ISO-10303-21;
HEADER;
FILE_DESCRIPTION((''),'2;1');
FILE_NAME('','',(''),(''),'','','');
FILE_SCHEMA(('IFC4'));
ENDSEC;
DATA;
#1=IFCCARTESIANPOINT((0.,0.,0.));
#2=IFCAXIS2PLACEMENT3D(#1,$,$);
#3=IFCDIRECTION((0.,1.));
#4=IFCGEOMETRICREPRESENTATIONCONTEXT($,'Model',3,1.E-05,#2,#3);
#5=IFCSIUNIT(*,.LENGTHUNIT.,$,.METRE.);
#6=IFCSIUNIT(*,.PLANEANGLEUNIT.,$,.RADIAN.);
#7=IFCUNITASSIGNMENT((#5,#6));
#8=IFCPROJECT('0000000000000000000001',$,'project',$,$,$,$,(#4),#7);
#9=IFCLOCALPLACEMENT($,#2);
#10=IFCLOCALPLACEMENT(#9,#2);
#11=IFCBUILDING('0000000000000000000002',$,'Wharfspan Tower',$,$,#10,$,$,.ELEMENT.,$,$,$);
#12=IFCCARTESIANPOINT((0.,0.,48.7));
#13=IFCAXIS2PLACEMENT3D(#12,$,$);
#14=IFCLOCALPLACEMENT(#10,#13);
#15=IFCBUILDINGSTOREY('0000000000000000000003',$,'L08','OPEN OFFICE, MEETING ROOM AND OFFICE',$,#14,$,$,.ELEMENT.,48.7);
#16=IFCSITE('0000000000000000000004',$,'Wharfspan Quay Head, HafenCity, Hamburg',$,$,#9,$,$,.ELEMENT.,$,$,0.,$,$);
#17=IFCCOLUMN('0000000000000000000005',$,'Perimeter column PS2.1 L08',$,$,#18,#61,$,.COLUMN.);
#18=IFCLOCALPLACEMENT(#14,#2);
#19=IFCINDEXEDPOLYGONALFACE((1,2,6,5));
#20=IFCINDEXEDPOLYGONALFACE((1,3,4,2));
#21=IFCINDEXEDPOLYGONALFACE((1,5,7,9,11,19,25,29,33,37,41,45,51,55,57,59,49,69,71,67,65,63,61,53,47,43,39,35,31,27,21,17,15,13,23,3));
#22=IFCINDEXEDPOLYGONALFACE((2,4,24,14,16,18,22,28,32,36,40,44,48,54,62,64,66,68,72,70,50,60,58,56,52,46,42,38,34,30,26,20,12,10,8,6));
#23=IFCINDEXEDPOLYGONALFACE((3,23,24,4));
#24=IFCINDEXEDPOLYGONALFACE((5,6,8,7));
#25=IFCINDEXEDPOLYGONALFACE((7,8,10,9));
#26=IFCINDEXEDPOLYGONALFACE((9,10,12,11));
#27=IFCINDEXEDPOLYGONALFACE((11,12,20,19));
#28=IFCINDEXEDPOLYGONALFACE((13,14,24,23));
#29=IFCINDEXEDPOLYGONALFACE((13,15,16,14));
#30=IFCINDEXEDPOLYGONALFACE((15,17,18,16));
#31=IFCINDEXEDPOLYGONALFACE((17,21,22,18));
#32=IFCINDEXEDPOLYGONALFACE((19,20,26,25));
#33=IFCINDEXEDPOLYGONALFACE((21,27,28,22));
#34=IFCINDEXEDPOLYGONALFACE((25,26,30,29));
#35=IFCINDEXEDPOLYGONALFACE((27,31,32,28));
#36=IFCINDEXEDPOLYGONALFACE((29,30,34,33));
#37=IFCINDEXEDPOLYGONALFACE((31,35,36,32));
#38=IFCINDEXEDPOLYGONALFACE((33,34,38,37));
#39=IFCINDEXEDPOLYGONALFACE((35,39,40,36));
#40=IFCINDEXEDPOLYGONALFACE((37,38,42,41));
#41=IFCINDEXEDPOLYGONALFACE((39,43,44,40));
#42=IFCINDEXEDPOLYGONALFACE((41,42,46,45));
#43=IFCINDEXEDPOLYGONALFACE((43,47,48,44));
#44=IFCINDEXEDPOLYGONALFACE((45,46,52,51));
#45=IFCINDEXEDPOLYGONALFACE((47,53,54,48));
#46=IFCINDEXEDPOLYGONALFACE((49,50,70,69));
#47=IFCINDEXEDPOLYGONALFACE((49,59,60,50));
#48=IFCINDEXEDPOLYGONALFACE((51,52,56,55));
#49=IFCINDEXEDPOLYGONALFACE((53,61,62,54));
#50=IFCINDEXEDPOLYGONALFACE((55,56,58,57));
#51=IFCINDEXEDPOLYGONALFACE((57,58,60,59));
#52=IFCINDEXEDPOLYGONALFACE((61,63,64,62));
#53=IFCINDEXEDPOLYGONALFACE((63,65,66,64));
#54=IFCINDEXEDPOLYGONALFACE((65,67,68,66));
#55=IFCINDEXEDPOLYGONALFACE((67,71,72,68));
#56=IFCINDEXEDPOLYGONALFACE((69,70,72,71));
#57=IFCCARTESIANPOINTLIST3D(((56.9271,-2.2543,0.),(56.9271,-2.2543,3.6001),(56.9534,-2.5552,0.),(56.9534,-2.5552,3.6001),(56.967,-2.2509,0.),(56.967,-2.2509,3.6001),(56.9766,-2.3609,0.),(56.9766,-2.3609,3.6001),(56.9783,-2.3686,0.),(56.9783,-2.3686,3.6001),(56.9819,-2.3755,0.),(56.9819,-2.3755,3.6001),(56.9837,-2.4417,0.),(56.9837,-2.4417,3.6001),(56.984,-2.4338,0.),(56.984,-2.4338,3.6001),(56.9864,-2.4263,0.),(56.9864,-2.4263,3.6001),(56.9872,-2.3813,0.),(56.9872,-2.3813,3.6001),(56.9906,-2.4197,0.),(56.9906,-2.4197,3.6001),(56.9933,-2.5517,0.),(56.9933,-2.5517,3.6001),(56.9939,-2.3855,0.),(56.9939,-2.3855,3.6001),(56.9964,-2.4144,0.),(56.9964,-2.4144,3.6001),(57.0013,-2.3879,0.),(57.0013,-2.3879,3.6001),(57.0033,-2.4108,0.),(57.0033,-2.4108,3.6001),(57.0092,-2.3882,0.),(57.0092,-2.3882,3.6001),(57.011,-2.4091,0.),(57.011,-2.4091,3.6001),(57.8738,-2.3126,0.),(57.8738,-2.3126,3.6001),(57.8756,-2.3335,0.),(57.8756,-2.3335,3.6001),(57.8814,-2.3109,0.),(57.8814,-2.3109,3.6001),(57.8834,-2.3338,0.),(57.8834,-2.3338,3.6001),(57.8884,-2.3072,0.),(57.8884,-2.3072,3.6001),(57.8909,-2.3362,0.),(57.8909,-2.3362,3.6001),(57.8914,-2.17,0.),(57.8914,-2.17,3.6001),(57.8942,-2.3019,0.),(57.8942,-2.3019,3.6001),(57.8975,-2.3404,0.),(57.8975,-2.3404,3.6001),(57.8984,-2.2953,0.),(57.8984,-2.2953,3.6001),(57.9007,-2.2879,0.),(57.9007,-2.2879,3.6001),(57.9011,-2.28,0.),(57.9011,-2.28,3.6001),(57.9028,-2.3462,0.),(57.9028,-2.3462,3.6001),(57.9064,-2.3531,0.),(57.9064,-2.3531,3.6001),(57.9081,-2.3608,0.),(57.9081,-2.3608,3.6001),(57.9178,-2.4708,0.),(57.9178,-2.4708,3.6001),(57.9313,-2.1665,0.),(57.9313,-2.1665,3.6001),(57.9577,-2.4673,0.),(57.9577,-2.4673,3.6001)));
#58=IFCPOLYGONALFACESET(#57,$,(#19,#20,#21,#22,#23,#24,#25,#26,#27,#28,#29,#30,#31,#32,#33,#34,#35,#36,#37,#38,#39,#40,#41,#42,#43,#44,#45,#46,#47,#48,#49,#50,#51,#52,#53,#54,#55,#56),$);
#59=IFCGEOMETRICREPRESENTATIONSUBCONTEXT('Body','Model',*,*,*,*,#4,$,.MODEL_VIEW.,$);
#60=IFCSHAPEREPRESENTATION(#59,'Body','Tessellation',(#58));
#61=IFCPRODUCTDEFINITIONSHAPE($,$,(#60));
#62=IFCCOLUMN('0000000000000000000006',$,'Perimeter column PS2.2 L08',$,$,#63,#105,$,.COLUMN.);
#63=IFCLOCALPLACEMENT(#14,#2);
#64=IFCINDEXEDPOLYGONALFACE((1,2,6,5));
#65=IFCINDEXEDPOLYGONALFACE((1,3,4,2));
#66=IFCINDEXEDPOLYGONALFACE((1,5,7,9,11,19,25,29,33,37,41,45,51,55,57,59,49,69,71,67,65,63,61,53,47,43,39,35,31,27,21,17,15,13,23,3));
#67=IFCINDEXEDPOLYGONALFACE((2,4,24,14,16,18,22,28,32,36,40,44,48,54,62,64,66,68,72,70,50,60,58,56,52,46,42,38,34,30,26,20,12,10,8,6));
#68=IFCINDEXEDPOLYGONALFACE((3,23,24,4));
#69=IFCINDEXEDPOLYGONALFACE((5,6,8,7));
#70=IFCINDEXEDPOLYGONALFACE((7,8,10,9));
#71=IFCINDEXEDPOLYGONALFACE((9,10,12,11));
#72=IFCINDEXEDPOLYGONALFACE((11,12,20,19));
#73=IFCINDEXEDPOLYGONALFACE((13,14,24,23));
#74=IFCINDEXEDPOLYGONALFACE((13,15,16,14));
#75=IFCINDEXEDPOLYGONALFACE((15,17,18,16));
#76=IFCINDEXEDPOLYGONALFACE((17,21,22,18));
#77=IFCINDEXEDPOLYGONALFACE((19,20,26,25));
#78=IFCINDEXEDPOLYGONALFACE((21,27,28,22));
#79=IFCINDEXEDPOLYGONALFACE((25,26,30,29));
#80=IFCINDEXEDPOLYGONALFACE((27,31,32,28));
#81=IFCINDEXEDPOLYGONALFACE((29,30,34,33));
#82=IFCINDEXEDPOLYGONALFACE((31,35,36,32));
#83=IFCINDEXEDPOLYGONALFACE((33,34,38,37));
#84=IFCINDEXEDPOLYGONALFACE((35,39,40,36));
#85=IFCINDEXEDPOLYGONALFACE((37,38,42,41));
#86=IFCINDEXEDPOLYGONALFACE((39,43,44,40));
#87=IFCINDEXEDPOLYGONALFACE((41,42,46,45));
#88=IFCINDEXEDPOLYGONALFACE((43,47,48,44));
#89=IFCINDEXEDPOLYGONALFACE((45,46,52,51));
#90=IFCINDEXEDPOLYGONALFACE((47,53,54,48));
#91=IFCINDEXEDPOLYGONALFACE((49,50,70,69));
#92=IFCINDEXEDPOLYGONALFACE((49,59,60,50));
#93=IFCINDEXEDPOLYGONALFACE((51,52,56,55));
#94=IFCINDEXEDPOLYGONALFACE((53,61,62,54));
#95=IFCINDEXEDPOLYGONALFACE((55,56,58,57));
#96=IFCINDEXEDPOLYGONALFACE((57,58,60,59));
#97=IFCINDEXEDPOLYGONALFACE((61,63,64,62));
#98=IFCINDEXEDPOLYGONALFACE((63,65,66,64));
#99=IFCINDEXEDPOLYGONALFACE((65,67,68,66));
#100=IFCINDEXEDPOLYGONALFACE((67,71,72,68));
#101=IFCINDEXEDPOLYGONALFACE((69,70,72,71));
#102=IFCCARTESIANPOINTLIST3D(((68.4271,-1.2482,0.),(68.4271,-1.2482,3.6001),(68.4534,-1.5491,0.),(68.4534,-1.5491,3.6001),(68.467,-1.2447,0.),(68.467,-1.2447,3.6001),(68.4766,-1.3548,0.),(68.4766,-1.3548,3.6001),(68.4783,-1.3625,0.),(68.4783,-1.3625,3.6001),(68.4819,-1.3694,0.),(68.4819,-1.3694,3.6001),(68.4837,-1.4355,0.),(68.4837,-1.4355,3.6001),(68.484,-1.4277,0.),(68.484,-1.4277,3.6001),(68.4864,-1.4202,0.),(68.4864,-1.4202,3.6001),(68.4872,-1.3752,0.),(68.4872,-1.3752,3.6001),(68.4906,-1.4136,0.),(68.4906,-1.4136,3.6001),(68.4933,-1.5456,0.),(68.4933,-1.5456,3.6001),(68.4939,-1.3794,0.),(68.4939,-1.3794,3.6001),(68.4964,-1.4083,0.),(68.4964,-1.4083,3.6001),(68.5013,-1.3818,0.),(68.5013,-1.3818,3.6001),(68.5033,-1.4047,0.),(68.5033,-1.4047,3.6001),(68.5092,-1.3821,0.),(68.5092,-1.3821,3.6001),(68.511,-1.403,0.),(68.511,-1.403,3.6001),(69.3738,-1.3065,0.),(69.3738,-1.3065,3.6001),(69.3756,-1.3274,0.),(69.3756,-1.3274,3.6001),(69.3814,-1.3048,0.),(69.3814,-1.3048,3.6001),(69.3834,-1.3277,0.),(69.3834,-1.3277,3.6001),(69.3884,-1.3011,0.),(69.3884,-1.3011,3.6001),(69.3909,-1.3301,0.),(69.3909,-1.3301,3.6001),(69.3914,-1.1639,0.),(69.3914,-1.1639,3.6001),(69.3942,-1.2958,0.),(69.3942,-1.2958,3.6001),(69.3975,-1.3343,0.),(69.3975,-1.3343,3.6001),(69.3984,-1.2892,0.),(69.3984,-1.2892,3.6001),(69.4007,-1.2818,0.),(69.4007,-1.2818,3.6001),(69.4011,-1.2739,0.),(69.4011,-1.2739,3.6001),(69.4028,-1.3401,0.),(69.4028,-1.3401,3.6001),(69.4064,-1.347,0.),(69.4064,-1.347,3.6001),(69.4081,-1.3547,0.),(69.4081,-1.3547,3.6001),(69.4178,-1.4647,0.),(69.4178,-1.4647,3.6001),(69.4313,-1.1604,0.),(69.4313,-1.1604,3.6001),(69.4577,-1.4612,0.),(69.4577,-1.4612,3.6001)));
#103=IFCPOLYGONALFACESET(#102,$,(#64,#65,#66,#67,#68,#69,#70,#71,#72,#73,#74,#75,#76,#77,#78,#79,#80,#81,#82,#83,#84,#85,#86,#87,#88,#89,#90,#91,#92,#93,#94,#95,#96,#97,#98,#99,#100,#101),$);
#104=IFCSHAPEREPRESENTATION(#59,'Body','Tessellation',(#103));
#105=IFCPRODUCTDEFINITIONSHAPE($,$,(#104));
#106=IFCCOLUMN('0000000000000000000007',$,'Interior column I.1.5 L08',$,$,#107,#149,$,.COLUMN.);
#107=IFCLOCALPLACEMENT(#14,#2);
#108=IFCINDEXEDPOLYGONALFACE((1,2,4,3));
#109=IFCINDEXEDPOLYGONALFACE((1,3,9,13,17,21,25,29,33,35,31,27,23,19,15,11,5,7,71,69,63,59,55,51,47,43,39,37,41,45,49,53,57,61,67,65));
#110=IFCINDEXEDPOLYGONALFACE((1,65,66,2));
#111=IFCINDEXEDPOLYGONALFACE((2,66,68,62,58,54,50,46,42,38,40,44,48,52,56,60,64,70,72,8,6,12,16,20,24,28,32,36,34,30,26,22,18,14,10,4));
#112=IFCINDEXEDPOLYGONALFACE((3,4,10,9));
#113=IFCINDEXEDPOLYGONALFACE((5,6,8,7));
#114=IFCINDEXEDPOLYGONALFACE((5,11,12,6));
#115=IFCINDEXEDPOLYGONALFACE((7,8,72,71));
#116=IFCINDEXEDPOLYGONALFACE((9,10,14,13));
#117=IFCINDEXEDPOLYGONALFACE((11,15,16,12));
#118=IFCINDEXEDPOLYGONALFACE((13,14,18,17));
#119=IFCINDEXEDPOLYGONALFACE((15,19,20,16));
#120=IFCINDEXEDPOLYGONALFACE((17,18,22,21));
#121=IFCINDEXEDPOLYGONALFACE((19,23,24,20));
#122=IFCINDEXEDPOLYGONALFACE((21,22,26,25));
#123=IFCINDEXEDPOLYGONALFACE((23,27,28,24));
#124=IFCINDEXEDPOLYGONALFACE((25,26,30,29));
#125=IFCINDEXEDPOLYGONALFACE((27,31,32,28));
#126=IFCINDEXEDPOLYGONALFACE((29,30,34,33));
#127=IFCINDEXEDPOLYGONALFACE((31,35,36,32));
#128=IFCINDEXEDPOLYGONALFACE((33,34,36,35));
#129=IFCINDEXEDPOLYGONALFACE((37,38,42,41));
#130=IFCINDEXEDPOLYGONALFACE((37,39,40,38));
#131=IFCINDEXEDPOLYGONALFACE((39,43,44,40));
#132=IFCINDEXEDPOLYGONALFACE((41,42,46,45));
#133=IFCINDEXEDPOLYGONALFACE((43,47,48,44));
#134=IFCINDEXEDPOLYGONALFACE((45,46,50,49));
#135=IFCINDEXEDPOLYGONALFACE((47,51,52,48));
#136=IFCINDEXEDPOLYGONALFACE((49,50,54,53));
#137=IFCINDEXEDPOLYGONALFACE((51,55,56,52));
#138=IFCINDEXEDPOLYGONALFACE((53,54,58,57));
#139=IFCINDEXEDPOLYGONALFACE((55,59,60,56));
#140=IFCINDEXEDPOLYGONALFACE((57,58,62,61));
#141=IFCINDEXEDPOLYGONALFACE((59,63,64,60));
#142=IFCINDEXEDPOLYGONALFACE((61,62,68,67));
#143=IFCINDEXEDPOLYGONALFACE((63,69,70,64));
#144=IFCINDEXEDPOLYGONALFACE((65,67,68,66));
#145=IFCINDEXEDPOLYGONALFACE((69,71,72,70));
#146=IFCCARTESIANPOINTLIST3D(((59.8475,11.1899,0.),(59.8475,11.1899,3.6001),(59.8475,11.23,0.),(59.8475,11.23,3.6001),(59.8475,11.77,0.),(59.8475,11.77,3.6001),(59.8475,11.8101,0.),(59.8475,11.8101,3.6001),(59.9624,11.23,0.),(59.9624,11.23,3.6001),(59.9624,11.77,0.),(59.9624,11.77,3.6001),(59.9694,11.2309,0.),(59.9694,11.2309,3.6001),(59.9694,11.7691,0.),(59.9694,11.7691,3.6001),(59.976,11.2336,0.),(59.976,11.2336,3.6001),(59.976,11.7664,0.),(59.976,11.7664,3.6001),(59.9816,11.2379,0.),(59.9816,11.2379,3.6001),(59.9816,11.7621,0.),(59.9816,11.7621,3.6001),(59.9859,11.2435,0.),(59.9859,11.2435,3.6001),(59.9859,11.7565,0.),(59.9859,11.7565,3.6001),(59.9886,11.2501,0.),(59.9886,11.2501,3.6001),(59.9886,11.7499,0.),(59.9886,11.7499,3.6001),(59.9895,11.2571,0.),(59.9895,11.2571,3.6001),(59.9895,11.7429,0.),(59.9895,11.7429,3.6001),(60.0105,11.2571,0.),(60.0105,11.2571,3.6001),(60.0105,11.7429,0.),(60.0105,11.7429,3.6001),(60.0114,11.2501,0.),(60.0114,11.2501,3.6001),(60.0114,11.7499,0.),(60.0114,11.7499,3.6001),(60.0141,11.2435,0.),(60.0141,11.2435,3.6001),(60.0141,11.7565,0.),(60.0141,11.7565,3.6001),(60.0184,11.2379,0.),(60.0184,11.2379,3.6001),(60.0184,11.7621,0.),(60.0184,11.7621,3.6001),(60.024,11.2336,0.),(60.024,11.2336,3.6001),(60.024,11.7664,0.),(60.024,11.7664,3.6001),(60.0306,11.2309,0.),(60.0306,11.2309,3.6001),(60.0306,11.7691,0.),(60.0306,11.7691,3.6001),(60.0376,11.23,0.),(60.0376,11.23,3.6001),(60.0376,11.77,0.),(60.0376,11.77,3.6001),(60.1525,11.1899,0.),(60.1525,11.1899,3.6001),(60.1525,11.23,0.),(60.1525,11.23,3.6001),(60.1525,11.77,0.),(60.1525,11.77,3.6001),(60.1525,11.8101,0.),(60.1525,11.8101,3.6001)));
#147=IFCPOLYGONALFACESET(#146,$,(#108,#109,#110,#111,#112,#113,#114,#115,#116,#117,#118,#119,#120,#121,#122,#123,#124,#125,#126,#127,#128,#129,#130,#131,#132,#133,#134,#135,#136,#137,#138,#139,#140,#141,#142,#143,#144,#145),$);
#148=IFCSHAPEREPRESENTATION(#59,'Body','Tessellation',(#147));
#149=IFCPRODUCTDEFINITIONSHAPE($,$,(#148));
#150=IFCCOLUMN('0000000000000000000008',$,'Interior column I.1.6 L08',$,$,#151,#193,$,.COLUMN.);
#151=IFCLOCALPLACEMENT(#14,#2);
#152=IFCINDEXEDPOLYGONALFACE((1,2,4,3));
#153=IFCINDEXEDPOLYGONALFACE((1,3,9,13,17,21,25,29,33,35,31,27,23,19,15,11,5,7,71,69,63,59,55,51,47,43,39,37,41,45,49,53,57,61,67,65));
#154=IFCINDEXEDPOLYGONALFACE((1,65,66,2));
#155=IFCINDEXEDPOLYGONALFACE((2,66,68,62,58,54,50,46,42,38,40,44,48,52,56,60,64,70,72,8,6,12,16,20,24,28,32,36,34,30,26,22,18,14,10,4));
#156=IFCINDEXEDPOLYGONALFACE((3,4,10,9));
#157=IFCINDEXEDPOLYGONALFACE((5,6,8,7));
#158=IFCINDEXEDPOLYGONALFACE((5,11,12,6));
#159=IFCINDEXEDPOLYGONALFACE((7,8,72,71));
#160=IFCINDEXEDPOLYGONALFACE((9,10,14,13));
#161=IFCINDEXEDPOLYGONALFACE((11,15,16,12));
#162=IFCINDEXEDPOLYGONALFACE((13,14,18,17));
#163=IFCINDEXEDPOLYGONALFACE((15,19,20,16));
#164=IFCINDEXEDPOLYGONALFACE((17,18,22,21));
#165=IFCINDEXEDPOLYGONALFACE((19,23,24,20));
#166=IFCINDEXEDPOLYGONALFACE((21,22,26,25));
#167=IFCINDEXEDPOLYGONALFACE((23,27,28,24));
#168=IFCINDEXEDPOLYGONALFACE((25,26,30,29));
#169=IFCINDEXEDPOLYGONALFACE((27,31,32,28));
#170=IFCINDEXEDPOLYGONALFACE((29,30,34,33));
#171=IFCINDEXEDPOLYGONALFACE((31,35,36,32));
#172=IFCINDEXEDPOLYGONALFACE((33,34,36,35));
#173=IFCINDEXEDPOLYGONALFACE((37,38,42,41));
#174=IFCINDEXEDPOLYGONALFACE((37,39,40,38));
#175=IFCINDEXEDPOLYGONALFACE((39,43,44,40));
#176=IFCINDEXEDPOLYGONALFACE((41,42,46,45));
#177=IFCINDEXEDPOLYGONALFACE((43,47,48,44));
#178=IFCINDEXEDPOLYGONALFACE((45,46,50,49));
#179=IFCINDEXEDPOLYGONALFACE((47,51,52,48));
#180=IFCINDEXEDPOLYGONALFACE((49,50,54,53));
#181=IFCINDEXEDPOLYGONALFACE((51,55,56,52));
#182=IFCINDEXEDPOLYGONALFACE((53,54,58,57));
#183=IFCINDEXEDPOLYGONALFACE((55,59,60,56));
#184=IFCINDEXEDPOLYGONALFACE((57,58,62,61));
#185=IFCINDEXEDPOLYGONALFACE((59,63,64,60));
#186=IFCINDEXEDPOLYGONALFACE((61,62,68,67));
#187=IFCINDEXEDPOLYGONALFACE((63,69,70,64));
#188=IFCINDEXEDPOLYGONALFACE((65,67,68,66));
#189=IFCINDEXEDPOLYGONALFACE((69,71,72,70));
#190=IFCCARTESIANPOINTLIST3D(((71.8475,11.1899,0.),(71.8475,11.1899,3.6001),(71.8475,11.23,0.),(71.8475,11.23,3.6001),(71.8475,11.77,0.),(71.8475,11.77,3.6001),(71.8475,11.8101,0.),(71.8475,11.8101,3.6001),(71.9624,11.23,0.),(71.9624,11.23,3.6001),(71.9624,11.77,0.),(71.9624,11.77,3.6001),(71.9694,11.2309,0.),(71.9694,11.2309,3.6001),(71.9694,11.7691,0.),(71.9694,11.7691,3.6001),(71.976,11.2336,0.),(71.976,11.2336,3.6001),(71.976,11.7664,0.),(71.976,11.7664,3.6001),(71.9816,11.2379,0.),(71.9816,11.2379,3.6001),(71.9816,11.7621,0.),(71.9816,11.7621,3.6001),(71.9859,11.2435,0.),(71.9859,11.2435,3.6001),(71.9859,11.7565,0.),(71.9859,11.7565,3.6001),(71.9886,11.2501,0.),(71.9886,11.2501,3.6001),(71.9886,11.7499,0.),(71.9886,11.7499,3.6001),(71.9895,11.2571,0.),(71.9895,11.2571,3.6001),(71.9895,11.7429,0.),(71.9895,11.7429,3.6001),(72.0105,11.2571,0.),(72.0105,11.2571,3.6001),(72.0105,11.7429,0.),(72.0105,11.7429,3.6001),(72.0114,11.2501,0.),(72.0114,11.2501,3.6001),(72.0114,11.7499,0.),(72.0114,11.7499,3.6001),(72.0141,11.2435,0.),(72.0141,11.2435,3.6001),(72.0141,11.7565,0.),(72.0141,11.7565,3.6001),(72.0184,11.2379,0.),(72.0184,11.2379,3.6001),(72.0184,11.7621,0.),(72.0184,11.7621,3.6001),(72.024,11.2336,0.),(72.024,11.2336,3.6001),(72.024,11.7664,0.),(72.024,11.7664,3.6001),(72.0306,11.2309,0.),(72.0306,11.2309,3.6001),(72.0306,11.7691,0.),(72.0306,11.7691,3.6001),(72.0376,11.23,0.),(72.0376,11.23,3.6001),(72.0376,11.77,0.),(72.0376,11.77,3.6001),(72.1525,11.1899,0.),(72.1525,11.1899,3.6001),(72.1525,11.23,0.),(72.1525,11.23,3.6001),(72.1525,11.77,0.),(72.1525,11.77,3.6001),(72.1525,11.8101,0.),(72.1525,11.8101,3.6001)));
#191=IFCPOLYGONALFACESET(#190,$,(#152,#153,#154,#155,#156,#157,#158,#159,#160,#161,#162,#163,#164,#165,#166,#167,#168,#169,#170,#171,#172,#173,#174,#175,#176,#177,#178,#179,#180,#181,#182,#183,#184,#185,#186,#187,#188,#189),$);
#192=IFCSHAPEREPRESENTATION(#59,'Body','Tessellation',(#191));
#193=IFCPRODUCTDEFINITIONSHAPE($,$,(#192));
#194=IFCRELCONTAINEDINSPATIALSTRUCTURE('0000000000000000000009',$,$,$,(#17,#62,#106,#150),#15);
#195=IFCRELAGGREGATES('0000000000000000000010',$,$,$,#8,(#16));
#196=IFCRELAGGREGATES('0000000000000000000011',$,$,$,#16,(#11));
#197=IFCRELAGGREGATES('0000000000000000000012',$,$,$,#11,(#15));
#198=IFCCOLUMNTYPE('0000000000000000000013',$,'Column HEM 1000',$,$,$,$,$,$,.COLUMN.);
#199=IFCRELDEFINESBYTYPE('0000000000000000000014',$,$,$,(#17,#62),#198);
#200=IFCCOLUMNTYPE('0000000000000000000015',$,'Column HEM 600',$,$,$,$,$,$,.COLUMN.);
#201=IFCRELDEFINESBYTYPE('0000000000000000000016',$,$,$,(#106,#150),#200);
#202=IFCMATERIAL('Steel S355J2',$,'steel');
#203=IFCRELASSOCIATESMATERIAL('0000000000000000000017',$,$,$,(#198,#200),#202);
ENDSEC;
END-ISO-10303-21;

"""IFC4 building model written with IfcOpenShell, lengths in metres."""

from ifc_helpers import new_model, si_unit, direction, frame, origin, origin_2d, place, context, subcontext, project, spatial, i_section, extrude, material, material_profile, profile_set, type_object, element, save


model = new_model("IFC4")

# Units and contexts
model_context = context("Model", 3, precision=1e-05, world=origin(), true_north=direction((0.0, 1.0)))
body_context = subcontext(model_context, "Body", "Model", "MODEL_VIEW")
ifc_project = project(units=[si_unit("LENGTHUNIT", "METRE"), si_unit("PLANEANGLEUNIT", "RADIAN")], contexts=[model_context])

# Site, building, storey
site_placement = place(None, origin())
site = spatial("IfcSite", under=ifc_project, at=site_placement, Name="Wharfspan Quay Head, HafenCity, Hamburg", CompositionType="ELEMENT", RefElevation=0.0)
building_placement = place(site_placement, origin())
building = spatial("IfcBuilding", under=site, at=building_placement, Name="Wharfspan Tower", CompositionType="ELEMENT")
storey_placement = place(building_placement, frame((0.0, 0.0, 48.7)))
storey = spatial("IfcBuildingStorey", under=building, at=storey_placement, Name="L08", Description="OPEN OFFICE, MEETING ROOM AND OFFICE", CompositionType="ELEMENT", Elevation=48.7)

# Columns
ifc_material_1 = material(Name="Steel S355J2", Category="steel")
ifc_material_profile_1 = material_profile(ifc_material_1, i_section(OverallWidth=0.302, OverallDepth=1.0081, WebThickness=0.021, FlangeThickness=0.04, FilletRadius=0.03, at=origin_2d()))
ifc_profile_set_1 = profile_set([ifc_material_profile_1], Name="Steel S355J2")
column_type_1 = type_object("IfcColumnType", Name="Column HEM 1000", PredefinedType="COLUMN", material=ifc_profile_set_1)
for number, where, z_axis, x_axis, name in (
    (1, (57.4424, -2.3608, 0.0), (0.0, 0.0, 1.0), (0.087156, -0.996198, 0.0), "Perimeter column PS2.1 L08"),
    (2, (68.9424, -1.3547, 0.0), (0.0, 0.0, 1.0), (0.087156, -0.996198, 0.0), "Perimeter column PS2.2 L08"),
):
    element("IfcColumn", number, at=place(storey_placement, frame(where, z_axis=z_axis, x_axis=x_axis)), inside=storey, type_object=column_type_1, Name=name, PredefinedType="COLUMN", context=body_context, shape_type="SweptSolid", body=[
        extrude(i_section(OverallWidth=0.302, OverallDepth=1.0081, WebThickness=0.021, FlangeThickness=0.04, FilletRadius=0.03, at=origin_2d()), origin(), (0.0, 0.0, 1.0), 3.6001),
    ])
ifc_material_profile_2 = material_profile(ifc_material_1, i_section(OverallWidth=0.3049, OverallDepth=0.6201, WebThickness=0.021, FlangeThickness=0.04, FilletRadius=0.0271, at=origin_2d()))
ifc_profile_set_2 = profile_set([ifc_material_profile_2], Name="Steel S355J2")
column_type_2 = type_object("IfcColumnType", Name="Column HEM 600", PredefinedType="COLUMN", material=ifc_profile_set_2)
for number, where, z_axis, x_axis, name in (
    (3, (60.0, 11.5, 0.0), (0.0, 0.0, 1.0), (1.0, 0.0, 0.0), "Interior column I.1.5 L08"),
    (4, (72.0, 11.5, 0.0), (0.0, 0.0, 1.0), (1.0, 0.0, 0.0), "Interior column I.1.6 L08"),
):
    element("IfcColumn", number, at=place(storey_placement, frame(where, z_axis=z_axis, x_axis=x_axis)), inside=storey, type_object=column_type_2, Name=name, PredefinedType="COLUMN", context=body_context, shape_type="SweptSolid", body=[
        extrude(i_section(OverallWidth=0.3049, OverallDepth=0.6201, WebThickness=0.021, FlangeThickness=0.04, FilletRadius=0.0271, at=origin_2d()), origin(), (0.0, 0.0, 1.0), 3.6001),
    ])

save(model, "model.ifc")
